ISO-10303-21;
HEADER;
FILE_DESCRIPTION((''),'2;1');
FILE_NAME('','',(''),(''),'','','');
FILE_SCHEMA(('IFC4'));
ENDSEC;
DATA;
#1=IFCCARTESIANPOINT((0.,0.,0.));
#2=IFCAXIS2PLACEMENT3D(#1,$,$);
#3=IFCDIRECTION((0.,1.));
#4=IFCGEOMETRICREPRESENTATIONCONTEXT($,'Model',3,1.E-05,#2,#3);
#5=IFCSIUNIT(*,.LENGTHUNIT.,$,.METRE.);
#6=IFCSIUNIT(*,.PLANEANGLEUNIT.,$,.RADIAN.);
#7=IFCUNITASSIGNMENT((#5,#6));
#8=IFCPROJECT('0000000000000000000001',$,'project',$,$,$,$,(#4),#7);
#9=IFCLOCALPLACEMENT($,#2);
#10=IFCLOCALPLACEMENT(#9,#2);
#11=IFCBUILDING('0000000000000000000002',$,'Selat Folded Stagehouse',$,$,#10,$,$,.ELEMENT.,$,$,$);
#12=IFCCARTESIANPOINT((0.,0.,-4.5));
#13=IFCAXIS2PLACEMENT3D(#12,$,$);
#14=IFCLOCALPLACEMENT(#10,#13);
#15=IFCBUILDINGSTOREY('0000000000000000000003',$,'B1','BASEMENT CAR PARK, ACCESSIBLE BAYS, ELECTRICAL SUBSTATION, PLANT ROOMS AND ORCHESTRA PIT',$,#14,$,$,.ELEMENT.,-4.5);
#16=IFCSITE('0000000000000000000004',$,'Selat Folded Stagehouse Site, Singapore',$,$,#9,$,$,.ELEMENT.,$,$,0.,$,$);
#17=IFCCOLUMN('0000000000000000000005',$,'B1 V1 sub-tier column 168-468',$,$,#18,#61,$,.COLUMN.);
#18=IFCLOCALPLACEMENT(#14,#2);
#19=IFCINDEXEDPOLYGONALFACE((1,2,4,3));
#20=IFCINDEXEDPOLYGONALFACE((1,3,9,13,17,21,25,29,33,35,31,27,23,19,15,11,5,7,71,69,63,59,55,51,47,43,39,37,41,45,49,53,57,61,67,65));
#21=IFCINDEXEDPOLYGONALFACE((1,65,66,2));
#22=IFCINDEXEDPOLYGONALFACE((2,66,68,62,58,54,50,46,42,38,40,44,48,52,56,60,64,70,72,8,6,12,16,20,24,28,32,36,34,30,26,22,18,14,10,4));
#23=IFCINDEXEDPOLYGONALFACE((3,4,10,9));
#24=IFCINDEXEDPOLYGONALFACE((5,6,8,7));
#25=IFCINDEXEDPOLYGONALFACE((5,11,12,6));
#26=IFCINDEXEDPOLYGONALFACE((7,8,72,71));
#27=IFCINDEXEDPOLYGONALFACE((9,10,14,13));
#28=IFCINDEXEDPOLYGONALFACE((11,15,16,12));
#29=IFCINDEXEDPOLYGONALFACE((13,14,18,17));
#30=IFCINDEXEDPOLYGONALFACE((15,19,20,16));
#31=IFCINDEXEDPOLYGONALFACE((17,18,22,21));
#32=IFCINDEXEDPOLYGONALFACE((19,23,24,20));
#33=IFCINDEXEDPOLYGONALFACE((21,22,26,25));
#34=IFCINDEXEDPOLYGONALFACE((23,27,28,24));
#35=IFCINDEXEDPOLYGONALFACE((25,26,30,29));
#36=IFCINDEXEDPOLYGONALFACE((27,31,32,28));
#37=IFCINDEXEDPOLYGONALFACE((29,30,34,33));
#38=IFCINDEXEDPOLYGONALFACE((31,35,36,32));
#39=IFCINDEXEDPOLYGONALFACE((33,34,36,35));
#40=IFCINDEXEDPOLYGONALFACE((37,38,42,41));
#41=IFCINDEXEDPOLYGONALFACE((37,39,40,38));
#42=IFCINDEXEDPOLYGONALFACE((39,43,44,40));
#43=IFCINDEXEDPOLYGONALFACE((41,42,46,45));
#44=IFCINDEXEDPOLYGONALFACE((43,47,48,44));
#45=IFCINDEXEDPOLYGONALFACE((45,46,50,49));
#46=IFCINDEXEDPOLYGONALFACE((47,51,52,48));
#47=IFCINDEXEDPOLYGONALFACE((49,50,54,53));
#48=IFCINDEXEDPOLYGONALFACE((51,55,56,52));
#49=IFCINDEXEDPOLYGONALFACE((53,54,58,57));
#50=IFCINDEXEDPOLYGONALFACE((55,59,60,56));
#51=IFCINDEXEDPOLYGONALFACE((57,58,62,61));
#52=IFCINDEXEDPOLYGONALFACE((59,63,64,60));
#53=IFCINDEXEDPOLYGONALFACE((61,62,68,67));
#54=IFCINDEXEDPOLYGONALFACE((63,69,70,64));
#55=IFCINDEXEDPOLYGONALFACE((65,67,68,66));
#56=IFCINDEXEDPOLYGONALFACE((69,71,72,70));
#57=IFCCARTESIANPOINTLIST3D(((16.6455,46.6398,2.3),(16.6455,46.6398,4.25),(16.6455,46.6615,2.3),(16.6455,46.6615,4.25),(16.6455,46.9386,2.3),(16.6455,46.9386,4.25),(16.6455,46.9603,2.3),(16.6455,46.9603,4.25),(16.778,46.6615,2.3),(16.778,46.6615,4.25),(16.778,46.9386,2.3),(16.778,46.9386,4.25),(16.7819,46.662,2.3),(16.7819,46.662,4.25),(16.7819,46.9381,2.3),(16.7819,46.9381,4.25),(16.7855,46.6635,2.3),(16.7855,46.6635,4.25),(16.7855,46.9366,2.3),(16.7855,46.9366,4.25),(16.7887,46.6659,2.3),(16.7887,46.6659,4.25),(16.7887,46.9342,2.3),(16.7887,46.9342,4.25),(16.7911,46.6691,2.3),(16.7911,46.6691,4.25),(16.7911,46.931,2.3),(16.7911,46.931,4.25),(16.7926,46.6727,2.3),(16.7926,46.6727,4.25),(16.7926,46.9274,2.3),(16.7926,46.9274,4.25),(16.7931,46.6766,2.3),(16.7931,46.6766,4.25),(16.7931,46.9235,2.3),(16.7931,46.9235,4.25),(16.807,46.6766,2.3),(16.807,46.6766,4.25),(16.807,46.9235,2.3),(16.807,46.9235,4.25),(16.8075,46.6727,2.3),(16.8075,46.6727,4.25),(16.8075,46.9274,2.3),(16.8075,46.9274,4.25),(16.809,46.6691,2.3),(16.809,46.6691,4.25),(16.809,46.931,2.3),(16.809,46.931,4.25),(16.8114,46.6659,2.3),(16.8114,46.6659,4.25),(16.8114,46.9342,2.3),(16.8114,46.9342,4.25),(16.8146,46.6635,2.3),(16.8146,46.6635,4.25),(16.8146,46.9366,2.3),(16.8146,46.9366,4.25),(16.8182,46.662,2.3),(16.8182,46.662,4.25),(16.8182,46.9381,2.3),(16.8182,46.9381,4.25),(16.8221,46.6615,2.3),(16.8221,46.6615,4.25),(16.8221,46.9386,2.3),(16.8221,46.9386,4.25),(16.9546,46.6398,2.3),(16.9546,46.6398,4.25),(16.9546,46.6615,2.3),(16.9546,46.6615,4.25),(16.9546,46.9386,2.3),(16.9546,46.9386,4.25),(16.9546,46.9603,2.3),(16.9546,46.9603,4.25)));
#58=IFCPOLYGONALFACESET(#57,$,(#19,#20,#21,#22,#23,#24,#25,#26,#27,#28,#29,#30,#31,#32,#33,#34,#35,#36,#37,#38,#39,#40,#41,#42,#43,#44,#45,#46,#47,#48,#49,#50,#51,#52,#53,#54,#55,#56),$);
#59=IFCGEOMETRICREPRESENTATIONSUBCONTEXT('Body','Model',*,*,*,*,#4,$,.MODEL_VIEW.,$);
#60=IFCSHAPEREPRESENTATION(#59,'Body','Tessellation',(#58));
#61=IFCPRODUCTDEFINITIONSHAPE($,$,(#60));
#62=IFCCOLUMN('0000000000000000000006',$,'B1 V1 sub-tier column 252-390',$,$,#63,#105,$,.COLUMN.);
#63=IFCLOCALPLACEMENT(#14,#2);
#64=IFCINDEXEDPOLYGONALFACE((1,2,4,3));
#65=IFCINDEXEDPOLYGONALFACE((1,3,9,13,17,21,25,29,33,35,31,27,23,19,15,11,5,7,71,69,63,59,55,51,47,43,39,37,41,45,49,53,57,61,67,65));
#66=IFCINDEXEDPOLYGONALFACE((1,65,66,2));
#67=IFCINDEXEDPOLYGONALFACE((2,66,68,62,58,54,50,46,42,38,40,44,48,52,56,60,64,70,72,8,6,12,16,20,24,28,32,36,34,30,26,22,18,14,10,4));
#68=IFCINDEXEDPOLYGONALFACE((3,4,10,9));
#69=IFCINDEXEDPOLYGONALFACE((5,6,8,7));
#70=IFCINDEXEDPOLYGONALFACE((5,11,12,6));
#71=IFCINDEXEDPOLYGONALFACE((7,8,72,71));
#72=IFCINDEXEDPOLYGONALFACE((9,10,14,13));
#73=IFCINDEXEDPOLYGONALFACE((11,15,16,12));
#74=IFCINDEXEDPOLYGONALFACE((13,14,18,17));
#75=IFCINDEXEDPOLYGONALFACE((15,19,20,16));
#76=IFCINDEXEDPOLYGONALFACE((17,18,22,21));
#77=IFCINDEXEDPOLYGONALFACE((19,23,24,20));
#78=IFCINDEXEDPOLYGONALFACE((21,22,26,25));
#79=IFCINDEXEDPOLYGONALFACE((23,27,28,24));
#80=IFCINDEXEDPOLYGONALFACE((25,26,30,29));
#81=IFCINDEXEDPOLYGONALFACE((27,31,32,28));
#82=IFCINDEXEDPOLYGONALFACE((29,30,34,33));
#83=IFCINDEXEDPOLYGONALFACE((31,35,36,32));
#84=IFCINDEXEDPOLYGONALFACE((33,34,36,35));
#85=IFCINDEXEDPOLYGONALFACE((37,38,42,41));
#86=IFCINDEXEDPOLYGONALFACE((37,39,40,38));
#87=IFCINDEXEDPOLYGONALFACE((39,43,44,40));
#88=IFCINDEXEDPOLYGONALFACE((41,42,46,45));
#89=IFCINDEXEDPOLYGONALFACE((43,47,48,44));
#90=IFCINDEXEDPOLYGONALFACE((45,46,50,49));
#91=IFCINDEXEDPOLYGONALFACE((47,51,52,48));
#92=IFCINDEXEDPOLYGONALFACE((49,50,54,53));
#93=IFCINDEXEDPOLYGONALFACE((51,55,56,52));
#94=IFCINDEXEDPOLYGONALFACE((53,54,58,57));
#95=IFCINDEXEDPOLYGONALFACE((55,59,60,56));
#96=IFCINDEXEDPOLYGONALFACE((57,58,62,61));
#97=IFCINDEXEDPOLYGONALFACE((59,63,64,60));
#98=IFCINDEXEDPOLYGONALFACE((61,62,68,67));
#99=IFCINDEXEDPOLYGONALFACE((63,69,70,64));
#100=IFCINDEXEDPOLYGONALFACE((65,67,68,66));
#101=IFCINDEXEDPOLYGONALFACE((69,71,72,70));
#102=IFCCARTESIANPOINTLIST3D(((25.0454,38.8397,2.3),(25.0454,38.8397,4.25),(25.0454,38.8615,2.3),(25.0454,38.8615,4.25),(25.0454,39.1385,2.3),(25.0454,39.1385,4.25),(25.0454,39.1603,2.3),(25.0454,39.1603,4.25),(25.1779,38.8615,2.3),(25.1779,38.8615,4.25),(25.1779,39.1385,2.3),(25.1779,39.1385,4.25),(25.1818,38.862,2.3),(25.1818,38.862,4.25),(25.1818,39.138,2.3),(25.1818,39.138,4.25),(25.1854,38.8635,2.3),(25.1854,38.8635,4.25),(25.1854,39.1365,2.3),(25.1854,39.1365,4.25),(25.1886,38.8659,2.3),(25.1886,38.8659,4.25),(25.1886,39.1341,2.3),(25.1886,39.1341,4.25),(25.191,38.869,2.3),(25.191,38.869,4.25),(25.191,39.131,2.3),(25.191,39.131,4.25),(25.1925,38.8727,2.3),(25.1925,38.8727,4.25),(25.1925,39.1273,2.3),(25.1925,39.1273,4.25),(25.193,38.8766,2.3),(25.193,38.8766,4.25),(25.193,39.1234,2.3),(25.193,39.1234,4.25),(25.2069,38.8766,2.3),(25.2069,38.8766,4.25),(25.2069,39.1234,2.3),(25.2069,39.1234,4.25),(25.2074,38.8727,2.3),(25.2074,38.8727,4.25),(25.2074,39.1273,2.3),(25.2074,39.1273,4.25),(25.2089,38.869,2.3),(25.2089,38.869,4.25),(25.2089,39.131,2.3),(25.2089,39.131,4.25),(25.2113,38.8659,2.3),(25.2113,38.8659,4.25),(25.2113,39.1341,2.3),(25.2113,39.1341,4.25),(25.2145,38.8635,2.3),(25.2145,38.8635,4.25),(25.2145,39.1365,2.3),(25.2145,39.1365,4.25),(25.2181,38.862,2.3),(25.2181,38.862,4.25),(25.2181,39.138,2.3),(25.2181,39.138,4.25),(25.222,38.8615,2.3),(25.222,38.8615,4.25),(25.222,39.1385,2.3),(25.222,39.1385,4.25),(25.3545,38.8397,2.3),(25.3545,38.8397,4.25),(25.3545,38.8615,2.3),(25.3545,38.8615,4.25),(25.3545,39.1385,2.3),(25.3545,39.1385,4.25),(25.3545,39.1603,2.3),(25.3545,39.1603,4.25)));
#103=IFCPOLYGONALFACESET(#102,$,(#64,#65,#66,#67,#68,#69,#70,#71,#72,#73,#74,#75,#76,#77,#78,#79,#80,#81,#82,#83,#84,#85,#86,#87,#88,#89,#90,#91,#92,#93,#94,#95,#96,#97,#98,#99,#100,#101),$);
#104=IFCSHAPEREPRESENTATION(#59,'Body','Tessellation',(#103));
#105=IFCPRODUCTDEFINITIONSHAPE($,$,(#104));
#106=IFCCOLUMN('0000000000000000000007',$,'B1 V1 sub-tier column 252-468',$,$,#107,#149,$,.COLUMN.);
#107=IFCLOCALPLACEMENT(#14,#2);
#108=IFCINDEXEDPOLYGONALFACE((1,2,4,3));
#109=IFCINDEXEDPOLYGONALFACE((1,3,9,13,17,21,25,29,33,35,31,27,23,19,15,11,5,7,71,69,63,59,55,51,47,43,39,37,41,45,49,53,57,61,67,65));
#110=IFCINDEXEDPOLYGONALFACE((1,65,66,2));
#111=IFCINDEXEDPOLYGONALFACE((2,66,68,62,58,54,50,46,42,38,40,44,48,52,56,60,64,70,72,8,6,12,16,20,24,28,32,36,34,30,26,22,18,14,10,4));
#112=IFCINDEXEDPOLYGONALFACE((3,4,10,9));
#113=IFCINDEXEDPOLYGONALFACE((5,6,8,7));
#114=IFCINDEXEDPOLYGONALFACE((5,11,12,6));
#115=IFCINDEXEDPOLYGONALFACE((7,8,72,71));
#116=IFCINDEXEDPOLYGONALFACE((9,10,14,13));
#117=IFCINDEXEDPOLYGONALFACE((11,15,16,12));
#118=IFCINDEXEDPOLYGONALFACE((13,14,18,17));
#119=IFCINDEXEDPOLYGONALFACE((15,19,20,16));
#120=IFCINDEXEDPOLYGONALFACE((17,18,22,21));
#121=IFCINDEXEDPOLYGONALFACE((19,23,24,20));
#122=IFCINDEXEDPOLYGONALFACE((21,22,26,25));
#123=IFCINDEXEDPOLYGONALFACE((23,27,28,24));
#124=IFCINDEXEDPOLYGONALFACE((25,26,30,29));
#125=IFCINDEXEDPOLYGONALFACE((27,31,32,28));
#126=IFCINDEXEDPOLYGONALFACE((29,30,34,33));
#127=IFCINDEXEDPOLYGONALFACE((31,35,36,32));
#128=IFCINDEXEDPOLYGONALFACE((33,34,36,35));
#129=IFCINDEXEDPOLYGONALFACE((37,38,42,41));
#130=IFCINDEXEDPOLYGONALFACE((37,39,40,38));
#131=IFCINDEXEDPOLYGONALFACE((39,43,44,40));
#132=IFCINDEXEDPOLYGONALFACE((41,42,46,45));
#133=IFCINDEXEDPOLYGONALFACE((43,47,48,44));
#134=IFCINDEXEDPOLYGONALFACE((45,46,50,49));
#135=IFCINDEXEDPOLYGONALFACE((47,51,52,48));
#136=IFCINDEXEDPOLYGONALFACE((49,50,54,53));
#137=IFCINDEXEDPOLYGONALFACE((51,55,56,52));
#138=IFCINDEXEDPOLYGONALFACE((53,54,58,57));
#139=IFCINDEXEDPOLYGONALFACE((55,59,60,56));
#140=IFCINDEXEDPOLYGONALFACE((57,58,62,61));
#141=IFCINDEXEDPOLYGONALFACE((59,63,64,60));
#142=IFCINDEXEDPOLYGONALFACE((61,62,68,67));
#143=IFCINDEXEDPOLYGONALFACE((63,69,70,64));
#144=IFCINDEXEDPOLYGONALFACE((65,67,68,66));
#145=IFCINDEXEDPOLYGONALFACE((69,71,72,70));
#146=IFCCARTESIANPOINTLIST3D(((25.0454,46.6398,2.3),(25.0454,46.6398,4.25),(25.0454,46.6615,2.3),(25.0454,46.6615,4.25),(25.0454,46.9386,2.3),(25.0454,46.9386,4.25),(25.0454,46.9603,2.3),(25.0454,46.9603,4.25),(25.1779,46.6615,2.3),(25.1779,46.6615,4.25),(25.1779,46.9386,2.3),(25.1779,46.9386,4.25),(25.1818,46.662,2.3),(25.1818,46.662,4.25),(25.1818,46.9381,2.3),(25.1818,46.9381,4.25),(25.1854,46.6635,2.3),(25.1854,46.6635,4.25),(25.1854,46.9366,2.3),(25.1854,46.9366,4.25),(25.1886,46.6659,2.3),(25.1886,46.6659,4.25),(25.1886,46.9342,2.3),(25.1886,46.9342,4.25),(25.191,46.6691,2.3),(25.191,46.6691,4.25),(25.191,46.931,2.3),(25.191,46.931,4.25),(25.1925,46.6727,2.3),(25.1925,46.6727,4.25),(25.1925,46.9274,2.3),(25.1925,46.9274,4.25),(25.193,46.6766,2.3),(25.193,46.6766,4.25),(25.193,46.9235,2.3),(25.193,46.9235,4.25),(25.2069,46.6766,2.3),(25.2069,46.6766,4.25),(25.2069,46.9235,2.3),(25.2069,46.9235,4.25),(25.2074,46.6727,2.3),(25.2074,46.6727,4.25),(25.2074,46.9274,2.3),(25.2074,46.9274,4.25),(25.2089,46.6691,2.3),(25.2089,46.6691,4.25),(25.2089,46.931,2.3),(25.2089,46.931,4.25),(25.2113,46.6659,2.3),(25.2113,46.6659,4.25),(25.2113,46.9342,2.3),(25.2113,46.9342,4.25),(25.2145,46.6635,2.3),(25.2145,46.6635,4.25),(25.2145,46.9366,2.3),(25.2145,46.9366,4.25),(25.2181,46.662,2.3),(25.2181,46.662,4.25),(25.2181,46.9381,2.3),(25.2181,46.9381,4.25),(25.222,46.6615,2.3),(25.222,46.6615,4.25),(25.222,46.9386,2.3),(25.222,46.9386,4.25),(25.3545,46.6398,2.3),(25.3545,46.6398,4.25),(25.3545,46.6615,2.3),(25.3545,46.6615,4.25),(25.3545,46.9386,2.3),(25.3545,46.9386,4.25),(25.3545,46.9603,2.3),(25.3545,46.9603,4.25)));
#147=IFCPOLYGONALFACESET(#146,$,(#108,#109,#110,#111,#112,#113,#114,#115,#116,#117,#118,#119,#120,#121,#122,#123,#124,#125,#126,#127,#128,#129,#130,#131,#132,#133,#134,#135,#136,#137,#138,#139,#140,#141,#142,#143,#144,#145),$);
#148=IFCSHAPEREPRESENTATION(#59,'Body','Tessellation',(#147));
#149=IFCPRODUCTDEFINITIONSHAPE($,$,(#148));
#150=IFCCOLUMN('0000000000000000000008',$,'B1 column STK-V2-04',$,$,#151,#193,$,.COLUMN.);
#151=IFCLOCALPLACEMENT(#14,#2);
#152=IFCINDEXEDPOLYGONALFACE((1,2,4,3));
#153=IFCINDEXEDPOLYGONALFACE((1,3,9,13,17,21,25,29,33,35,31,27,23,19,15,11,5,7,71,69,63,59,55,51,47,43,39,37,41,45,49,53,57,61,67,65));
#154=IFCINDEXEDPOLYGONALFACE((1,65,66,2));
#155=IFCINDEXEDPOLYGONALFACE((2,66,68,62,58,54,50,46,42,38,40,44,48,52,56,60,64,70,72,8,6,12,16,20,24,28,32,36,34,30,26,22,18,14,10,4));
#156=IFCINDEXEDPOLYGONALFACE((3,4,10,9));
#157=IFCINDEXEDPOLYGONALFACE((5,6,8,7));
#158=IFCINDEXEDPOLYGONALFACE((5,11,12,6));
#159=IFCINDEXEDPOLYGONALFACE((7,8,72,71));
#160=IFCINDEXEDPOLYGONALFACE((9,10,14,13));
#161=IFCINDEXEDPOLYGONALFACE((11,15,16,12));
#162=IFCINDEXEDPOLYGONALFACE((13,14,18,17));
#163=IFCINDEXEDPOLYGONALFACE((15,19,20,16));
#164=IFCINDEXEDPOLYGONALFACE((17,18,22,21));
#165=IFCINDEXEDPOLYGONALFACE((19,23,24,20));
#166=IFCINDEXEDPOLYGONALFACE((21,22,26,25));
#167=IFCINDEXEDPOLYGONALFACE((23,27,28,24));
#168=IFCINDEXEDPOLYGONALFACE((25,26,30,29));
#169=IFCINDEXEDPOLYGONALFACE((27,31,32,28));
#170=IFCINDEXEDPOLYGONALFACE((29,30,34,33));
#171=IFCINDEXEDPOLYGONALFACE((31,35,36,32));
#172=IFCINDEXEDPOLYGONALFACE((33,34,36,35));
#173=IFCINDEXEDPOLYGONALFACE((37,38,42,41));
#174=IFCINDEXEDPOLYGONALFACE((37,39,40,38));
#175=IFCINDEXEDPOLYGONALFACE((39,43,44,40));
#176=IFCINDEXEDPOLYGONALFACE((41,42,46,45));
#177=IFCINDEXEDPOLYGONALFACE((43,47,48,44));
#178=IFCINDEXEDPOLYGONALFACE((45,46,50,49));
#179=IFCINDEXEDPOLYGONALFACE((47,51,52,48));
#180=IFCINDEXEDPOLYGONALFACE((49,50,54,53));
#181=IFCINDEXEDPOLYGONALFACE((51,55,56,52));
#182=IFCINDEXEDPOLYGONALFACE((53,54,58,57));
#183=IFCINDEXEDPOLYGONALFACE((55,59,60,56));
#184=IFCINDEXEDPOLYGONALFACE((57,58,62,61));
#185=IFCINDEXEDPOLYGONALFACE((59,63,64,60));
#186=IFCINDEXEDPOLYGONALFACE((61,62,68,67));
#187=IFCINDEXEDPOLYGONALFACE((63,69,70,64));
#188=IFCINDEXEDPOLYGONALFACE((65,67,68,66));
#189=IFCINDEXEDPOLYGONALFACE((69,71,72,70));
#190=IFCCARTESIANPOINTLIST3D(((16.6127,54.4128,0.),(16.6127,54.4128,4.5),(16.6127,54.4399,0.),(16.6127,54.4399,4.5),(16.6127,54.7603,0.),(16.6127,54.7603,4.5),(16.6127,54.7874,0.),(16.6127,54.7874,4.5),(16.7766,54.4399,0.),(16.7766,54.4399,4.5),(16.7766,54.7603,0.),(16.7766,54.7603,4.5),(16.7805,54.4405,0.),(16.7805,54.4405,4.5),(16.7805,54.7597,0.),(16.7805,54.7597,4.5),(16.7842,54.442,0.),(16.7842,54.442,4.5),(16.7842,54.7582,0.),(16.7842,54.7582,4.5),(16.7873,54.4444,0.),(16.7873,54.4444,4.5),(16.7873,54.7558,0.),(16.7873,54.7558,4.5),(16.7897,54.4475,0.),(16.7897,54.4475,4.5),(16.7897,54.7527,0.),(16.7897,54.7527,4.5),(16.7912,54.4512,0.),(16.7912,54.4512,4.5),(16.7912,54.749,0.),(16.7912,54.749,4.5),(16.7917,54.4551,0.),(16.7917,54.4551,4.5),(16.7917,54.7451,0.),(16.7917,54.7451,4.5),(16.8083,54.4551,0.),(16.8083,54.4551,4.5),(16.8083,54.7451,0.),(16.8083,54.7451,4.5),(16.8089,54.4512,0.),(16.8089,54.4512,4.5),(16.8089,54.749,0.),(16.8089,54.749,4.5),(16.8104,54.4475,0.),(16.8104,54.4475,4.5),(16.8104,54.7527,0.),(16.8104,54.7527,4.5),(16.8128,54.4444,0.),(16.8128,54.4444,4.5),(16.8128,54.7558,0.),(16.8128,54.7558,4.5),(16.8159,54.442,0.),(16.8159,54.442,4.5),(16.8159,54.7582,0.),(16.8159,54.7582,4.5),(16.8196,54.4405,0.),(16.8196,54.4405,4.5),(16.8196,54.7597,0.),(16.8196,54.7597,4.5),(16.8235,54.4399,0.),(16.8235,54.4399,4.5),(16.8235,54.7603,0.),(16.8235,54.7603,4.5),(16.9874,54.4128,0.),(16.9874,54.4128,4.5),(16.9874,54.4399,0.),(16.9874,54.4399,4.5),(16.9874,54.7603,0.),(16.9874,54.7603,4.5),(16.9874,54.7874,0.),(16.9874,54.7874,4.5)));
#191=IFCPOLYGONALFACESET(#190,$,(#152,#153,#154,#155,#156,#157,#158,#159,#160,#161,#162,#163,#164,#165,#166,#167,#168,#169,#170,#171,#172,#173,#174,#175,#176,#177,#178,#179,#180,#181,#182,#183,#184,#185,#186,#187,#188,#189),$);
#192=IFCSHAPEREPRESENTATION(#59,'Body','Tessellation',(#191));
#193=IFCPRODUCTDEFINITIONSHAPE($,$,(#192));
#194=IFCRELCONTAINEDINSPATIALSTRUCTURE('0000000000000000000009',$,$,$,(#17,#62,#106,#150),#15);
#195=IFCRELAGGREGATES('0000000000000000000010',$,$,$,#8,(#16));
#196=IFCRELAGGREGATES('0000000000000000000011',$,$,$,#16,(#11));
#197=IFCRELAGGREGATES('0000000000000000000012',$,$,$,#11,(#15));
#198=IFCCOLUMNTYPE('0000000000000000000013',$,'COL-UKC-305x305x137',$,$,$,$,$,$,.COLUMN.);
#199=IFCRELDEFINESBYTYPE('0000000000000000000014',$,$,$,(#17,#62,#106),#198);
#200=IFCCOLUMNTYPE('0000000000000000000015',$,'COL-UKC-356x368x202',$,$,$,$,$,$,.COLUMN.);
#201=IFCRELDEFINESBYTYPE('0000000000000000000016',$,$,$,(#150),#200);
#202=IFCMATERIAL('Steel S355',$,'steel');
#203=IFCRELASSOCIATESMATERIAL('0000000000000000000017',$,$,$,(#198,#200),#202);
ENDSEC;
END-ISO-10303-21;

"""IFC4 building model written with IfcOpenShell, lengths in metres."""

from ifc_helpers import new_model, si_unit, direction, frame, origin, origin_2d, place, context, subcontext, project, spatial, i_section, extrude, material, material_profile, profile_set, type_object, element, save


model = new_model("IFC4")

# Units and contexts
model_context = context("Model", 3, precision=1e-05, world=origin(), true_north=direction((0.0, 1.0)))
body_context = subcontext(model_context, "Body", "Model", "MODEL_VIEW")
ifc_project = project(units=[si_unit("LENGTHUNIT", "METRE"), si_unit("PLANEANGLEUNIT", "RADIAN")], contexts=[model_context])

# Site, building, storey
site_placement = place(None, origin())
site = spatial("IfcSite", under=ifc_project, at=site_placement, Name="Selat Folded Stagehouse Site, Singapore", CompositionType="ELEMENT", RefElevation=0.0)
building_placement = place(site_placement, origin())
building = spatial("IfcBuilding", under=site, at=building_placement, Name="Selat Folded Stagehouse", CompositionType="ELEMENT")
storey_placement = place(building_placement, frame((0.0, 0.0, -4.5)))
storey = spatial("IfcBuildingStorey", under=building, at=storey_placement, Name="B1", Description="BASEMENT CAR PARK, ACCESSIBLE BAYS, ELECTRICAL SUBSTATION, PLANT ROOMS AND ORCHESTRA PIT", CompositionType="ELEMENT", Elevation=-4.5)

# Columns
ifc_material_1 = material(Name="Steel S355", Category="steel")
ifc_material_profile_1 = material_profile(ifc_material_1, i_section(OverallWidth=0.3091, OverallDepth=0.3206, WebThickness=0.0139, FlangeThickness=0.0217, FilletRadius=0.0151, at=origin_2d()), Name="UKC 305x305x137")
ifc_profile_set_1 = profile_set([ifc_material_profile_1], Name="Steel S355")
column_type_1 = type_object("IfcColumnType", Name="COL-UKC-305x305x137", PredefinedType="COLUMN", material=ifc_profile_set_1)
for number, where, z_axis, x_axis, name in (
    (1, (16.8, 46.8, 2.3), (0.0, 0.0, 1.0), (1.0, 0.0, 0.0), "B1 V1 sub-tier column 168-468"),
    (2, (25.2, 39.0, 2.3), (0.0, 0.0, 1.0), (1.0, 0.0, 0.0), "B1 V1 sub-tier column 252-390"),
    (3, (25.2, 46.8, 2.3), (0.0, 0.0, 1.0), (1.0, 0.0, 0.0), "B1 V1 sub-tier column 252-468"),
):
    element("IfcColumn", number, at=place(storey_placement, frame(where, z_axis=z_axis, x_axis=x_axis)), inside=storey, type_object=column_type_1, Name=name, PredefinedType="COLUMN", context=body_context, shape_type="SweptSolid", body=[
        extrude(i_section(OverallWidth=0.3091, OverallDepth=0.3206, WebThickness=0.0139, FlangeThickness=0.0217, FilletRadius=0.0151, at=origin_2d()), origin(), (0.0, 0.0, 1.0), 1.95),
    ])
ifc_material_profile_2 = material_profile(ifc_material_1, i_section(OverallWidth=0.3748, OverallDepth=0.3745, WebThickness=0.0166, FlangeThickness=0.0271, FilletRadius=0.0151, at=origin_2d()), Name="UKC 356x368x202")
ifc_profile_set_2 = profile_set([ifc_material_profile_2], Name="Steel S355")
column_type_2 = type_object("IfcColumnType", Name="COL-UKC-356x368x202", PredefinedType="COLUMN", material=ifc_profile_set_2)
column_placement = place(storey_placement, frame((16.8, 54.6001, 0.0), z_axis=(0.0, 0.0, 1.0), x_axis=(1.0, 0.0, 0.0)))
element("IfcColumn", 4, at=column_placement, inside=storey, type_object=column_type_2, Name="B1 column STK-V2-04", PredefinedType="COLUMN", context=body_context, shape_type="SweptSolid", body=[
    extrude(i_section(OverallWidth=0.3748, OverallDepth=0.3745, WebThickness=0.0166, FlangeThickness=0.0271, FilletRadius=0.0151, at=origin_2d()), origin(), (0.0, 0.0, 1.0), 4.5),
])

save(model, "model.ifc")
